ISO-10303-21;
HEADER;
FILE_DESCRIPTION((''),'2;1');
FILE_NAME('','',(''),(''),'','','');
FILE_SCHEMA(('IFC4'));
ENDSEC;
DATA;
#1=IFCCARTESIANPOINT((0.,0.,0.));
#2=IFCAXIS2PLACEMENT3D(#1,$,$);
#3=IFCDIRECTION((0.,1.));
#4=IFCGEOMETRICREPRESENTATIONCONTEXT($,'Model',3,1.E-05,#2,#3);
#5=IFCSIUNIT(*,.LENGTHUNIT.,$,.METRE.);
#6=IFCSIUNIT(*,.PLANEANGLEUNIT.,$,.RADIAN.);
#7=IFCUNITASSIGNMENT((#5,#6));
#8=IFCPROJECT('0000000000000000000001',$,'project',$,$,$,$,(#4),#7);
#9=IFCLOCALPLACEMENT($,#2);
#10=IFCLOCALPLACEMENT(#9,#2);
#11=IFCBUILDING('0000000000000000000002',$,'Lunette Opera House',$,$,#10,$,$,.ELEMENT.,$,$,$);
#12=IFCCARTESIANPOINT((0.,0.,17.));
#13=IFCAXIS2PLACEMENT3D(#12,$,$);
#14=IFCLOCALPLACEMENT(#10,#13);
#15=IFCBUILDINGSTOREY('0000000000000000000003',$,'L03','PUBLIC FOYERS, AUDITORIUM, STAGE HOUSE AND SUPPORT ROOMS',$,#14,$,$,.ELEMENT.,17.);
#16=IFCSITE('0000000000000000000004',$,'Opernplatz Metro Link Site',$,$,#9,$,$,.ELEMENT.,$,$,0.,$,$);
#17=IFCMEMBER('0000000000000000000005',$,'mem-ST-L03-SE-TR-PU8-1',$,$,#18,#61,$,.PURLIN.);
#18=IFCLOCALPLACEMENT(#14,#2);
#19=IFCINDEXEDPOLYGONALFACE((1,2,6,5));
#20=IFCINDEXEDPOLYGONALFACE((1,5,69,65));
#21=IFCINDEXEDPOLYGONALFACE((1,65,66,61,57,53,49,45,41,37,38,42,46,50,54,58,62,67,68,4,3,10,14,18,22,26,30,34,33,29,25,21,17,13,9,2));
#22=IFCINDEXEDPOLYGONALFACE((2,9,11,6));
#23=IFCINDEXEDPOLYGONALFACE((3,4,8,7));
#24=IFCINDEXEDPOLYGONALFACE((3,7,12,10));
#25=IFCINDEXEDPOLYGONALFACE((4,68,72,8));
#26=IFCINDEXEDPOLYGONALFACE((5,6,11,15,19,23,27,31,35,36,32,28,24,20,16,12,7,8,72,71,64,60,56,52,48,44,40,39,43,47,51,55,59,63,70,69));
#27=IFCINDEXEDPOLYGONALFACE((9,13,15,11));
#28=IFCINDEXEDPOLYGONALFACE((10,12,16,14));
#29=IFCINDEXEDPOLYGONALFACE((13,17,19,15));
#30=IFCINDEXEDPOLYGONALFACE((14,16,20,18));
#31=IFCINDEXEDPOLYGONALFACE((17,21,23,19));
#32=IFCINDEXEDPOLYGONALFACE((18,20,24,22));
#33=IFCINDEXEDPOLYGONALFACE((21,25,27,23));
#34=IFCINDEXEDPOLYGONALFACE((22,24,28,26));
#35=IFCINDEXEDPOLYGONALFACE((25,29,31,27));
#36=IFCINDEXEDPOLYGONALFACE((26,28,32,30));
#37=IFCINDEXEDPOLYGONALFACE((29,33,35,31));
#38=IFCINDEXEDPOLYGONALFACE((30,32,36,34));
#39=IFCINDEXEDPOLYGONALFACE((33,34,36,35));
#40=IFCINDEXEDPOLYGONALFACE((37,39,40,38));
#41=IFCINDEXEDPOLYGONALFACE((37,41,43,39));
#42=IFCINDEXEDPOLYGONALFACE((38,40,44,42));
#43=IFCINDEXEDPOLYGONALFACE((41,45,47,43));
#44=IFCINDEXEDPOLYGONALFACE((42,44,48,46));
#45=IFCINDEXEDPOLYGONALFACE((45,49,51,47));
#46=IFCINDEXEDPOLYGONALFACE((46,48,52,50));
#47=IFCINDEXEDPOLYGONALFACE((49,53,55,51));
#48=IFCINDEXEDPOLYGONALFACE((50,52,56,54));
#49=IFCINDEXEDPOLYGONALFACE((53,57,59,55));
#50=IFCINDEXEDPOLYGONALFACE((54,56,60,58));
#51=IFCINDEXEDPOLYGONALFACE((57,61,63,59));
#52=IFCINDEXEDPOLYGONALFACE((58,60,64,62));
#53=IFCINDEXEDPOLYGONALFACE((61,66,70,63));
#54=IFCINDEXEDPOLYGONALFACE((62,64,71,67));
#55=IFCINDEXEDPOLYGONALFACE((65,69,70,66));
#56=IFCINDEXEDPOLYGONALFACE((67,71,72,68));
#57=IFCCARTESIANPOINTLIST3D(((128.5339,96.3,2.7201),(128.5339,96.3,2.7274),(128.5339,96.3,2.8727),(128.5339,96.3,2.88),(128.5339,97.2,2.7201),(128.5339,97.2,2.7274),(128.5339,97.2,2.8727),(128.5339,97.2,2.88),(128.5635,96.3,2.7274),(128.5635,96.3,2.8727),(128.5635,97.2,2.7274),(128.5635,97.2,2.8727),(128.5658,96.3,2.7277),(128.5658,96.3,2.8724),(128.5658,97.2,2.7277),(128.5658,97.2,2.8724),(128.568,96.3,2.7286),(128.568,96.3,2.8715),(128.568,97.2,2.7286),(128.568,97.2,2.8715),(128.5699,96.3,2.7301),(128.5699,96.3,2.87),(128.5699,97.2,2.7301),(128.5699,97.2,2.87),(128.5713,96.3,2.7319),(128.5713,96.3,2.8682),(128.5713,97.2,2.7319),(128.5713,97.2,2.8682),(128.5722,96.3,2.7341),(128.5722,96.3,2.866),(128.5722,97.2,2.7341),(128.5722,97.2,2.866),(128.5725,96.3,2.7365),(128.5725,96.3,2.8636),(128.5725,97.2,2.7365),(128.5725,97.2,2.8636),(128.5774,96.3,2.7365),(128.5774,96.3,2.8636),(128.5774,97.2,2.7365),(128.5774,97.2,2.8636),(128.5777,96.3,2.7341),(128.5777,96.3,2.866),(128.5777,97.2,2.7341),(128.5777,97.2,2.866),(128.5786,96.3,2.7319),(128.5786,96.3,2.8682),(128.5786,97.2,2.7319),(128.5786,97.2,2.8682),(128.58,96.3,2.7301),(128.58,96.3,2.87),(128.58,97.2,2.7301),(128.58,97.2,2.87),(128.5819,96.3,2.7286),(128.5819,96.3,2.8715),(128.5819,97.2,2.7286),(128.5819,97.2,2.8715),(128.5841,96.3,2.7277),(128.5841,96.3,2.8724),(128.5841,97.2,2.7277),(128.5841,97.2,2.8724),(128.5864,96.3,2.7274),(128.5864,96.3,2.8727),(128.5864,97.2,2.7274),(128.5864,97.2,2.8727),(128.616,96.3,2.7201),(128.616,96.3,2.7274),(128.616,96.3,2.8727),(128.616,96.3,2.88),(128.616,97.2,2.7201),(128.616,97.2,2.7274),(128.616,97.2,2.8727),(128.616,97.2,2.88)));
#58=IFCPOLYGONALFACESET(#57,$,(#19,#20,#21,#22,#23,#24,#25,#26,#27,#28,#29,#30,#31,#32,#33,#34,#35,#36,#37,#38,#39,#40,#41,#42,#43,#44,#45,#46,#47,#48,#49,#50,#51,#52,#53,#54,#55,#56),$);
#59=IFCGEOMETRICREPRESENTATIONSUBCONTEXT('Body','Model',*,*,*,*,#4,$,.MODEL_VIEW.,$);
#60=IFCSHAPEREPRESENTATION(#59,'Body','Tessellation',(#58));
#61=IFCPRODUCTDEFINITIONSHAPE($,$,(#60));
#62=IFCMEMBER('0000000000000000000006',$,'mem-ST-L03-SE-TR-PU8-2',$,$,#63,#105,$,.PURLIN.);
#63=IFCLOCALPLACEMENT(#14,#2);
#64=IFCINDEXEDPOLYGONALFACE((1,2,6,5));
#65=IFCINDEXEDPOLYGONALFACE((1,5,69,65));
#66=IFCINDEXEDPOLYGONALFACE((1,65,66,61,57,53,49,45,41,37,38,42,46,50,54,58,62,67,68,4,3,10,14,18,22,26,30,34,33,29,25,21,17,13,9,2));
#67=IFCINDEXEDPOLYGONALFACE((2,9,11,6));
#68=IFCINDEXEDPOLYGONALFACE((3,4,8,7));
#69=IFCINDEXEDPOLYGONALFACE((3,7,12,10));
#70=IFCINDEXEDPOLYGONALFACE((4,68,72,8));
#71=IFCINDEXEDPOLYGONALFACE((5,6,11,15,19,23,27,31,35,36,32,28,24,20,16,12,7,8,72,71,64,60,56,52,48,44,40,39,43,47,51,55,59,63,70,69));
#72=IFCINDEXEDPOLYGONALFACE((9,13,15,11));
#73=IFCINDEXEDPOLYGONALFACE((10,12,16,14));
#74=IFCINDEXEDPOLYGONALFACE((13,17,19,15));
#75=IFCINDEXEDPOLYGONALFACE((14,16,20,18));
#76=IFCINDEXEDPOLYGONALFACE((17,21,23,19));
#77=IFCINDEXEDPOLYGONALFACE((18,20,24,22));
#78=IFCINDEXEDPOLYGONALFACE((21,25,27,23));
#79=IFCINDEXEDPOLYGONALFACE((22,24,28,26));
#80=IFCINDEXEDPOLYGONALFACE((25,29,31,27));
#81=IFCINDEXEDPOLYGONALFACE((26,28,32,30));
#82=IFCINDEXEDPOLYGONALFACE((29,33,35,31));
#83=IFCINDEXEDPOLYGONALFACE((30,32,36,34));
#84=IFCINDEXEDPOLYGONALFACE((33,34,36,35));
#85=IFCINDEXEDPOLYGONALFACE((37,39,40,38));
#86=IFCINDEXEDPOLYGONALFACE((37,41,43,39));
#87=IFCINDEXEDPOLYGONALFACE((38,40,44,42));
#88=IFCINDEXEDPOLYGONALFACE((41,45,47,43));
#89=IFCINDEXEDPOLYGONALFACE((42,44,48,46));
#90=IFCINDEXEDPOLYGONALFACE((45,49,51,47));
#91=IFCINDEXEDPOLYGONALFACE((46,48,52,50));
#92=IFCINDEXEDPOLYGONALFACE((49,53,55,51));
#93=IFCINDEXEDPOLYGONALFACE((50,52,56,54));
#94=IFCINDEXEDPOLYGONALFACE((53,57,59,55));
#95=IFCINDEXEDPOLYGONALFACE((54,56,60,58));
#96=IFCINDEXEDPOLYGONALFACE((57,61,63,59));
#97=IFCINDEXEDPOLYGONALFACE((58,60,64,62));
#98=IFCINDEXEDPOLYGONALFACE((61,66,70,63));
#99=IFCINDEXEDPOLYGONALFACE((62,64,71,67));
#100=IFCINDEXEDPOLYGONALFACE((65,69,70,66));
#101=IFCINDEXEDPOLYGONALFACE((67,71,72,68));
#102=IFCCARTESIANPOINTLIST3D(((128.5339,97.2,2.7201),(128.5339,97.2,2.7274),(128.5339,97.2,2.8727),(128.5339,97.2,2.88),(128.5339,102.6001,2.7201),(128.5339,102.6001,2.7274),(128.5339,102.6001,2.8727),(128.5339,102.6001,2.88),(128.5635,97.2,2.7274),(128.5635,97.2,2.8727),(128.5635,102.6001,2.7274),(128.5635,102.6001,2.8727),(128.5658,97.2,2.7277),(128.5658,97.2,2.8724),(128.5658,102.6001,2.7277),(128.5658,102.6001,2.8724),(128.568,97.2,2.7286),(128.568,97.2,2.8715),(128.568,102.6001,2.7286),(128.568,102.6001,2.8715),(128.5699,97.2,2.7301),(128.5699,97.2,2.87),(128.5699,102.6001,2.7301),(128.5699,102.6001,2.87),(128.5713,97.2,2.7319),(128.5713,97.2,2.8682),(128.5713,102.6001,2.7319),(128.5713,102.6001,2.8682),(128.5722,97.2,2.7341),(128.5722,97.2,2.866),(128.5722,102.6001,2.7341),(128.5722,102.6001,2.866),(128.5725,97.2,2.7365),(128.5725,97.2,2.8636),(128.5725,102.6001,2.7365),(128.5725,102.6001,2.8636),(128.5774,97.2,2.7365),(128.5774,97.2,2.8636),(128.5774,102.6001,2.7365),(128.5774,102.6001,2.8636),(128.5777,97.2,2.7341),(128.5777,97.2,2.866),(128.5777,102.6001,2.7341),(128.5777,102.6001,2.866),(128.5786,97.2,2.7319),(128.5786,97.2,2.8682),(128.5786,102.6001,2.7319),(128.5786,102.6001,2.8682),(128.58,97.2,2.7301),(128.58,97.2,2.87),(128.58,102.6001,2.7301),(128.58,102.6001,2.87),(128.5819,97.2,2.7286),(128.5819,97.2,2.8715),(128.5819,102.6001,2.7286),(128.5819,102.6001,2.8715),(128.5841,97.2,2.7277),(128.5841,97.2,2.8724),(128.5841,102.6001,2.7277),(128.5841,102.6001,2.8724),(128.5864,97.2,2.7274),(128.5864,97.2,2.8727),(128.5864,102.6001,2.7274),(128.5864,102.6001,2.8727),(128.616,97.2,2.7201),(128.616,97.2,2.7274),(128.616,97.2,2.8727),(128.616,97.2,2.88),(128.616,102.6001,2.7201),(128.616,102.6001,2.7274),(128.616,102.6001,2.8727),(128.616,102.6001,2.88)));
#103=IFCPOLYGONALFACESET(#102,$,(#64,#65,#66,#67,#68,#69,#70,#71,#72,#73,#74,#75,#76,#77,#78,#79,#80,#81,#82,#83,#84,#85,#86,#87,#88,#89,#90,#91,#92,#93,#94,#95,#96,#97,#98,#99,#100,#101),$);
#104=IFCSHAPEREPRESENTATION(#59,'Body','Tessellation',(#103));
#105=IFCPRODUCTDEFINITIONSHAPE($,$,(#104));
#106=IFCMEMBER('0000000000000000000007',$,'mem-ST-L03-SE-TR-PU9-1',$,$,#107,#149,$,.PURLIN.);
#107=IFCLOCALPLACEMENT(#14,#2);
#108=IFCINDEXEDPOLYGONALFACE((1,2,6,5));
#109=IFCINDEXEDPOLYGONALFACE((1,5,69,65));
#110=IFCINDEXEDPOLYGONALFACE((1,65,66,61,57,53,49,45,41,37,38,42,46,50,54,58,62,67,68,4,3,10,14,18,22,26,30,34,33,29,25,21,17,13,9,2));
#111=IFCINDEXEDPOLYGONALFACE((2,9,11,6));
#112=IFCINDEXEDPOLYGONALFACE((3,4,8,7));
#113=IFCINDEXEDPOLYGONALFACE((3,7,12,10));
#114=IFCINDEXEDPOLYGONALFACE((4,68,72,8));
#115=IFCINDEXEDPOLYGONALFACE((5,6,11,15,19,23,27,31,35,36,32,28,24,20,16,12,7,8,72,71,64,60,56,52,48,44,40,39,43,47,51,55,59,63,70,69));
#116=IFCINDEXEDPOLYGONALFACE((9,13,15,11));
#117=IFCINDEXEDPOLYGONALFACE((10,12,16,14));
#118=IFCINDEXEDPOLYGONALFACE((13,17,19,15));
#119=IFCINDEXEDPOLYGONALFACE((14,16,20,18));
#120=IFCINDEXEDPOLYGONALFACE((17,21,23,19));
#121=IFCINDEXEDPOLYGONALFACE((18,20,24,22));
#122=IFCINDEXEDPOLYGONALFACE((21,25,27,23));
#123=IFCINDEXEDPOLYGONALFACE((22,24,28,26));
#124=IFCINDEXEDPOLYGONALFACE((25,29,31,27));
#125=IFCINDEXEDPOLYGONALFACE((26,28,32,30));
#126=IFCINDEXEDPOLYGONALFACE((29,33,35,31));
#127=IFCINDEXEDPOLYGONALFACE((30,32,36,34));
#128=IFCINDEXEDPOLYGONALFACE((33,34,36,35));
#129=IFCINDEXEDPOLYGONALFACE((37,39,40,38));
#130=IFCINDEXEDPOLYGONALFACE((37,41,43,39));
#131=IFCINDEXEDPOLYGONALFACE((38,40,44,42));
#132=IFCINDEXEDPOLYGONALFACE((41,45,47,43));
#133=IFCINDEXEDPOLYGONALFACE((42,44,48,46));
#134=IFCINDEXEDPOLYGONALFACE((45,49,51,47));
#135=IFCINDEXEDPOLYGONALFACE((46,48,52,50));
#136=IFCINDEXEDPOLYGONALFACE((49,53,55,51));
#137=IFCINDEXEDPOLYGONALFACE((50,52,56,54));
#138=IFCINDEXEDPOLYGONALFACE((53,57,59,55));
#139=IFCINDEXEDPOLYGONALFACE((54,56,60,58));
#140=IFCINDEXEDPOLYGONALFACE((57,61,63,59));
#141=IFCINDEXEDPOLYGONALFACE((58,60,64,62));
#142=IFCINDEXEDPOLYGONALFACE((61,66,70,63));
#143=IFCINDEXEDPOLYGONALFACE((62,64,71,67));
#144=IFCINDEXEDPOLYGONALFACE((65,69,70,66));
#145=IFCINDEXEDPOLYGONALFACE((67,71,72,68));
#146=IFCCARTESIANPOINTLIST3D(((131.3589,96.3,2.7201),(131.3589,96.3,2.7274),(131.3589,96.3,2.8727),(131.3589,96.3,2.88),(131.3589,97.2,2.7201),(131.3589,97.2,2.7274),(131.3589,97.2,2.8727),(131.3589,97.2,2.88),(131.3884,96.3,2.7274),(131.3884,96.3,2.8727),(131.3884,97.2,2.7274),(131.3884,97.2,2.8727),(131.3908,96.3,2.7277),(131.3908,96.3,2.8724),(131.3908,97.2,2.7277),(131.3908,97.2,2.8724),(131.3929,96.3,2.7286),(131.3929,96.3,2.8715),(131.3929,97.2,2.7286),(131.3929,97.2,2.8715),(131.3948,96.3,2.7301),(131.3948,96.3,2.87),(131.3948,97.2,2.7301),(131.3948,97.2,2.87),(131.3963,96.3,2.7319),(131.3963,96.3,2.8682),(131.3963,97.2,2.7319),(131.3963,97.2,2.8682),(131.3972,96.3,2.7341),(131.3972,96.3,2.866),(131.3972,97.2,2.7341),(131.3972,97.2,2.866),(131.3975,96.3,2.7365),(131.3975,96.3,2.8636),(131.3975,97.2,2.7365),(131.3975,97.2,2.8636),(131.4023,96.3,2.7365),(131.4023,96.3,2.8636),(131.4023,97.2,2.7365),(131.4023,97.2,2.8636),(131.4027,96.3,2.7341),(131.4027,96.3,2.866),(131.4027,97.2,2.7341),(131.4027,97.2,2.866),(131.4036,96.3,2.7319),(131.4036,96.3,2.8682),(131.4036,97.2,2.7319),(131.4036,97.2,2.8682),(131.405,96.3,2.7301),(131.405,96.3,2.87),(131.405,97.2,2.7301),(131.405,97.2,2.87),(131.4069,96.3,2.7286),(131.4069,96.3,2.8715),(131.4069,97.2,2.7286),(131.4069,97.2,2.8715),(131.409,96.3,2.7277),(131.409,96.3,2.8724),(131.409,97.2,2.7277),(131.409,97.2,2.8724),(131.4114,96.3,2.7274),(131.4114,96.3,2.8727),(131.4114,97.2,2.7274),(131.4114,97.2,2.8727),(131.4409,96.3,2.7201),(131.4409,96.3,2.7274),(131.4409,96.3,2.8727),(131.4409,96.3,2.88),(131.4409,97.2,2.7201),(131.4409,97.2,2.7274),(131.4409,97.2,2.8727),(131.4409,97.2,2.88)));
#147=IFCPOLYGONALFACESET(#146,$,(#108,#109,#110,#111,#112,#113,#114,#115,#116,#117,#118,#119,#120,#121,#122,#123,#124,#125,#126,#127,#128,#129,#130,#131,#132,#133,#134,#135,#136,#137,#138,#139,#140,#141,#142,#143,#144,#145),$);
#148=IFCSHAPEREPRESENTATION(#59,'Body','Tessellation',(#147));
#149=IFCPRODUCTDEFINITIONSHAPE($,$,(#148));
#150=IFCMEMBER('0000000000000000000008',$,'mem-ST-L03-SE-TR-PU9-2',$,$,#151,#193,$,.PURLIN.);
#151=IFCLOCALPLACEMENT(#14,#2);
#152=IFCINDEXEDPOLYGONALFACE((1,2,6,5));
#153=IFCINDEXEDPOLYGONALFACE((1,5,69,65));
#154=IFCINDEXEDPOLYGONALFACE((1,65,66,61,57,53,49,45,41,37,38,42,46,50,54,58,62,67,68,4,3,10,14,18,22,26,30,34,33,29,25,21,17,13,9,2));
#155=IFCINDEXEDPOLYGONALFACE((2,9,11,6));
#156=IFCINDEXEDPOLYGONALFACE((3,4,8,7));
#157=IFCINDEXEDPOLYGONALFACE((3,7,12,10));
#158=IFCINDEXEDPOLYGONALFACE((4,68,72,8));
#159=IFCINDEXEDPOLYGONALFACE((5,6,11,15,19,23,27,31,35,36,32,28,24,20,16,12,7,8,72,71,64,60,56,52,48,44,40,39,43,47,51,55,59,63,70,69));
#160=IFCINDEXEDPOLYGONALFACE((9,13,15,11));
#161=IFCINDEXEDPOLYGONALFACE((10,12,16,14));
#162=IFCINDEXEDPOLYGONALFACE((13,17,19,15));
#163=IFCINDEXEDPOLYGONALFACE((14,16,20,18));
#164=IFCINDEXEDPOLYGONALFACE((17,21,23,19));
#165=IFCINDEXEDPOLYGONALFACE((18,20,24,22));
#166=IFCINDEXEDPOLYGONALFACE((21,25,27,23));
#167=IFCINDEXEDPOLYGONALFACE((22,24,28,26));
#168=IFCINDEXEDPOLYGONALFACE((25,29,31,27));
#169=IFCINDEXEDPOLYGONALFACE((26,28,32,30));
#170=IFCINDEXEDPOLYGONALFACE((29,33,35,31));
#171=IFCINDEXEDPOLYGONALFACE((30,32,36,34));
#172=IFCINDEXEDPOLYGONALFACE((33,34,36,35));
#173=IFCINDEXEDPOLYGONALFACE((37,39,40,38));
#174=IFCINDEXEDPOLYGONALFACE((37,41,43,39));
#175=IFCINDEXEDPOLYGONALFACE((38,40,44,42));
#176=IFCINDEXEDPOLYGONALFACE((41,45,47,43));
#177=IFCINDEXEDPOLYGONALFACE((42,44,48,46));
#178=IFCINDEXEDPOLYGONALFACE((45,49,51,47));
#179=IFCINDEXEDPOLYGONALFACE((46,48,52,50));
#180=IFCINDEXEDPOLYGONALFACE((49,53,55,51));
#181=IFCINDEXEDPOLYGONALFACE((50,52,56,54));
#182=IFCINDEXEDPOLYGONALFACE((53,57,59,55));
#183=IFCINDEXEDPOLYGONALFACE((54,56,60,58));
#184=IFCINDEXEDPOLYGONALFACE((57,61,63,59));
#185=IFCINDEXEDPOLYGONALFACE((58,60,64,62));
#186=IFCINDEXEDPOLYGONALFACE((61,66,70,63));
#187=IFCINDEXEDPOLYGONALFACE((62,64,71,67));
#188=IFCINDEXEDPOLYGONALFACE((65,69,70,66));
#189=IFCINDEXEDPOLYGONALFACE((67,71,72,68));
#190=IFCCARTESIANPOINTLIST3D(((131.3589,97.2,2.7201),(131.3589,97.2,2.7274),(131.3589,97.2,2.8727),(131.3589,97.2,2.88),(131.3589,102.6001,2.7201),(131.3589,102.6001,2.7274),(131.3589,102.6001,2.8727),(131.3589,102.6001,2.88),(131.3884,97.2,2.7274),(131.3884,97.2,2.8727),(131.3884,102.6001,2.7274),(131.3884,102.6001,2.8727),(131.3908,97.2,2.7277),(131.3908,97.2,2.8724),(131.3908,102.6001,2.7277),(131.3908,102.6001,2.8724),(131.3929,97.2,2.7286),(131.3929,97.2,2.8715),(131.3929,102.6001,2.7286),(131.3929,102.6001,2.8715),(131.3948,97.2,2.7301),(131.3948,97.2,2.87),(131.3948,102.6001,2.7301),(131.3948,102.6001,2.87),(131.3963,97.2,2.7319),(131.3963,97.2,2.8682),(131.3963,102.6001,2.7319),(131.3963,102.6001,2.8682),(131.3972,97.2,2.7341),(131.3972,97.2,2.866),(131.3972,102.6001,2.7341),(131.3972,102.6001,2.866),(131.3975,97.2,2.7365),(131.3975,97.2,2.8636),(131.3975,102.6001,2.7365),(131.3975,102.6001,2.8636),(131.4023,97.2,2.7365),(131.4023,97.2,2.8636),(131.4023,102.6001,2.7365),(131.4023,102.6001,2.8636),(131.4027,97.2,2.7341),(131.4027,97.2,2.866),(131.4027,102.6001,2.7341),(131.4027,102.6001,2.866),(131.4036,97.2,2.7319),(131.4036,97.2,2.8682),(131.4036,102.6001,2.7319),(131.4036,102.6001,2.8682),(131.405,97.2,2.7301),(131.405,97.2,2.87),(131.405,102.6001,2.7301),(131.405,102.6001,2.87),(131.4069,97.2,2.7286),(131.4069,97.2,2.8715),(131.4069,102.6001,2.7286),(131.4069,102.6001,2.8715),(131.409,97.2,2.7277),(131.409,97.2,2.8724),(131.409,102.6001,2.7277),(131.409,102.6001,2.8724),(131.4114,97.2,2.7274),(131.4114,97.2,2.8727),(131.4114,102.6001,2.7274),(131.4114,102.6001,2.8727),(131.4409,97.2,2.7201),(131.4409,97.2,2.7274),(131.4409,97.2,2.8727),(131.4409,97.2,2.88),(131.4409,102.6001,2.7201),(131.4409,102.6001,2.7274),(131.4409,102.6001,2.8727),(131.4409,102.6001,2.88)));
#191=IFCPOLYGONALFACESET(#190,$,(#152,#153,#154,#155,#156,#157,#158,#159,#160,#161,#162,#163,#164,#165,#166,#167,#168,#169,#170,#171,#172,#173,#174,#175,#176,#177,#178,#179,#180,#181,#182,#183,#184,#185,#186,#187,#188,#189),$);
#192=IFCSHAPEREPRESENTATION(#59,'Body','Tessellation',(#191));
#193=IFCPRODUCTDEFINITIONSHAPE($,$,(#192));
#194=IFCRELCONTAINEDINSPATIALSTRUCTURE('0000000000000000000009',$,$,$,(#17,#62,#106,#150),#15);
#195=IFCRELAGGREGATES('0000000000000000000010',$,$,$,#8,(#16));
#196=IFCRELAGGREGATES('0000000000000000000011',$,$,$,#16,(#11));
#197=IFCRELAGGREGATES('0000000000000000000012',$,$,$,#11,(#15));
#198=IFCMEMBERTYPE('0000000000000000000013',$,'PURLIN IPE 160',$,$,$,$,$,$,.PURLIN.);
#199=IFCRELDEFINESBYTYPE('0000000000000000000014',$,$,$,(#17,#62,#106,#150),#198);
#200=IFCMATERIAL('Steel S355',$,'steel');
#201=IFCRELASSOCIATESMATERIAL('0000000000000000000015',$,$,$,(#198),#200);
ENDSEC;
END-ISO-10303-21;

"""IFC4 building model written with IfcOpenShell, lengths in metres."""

from ifc_helpers import new_model, si_unit, direction, frame, origin, origin_2d, place, context, subcontext, project, spatial, i_section, extrude, material, material_profile, profile_set, type_object, element, save


model = new_model("IFC4")

# Units and contexts
model_context = context("Model", 3, precision=1e-05, world=origin(), true_north=direction((0.0, 1.0)))
body_context = subcontext(model_context, "Body", "Model", "MODEL_VIEW")
ifc_project = project(units=[si_unit("LENGTHUNIT", "METRE"), si_unit("PLANEANGLEUNIT", "RADIAN")], contexts=[model_context])

# Site, building, storey
site_placement = place(None, origin())
site = spatial("IfcSite", under=ifc_project, at=site_placement, Name="Opernplatz Metro Link Site", CompositionType="ELEMENT", RefElevation=0.0)
building_placement = place(site_placement, origin())
building = spatial("IfcBuilding", under=site, at=building_placement, Name="Lunette Opera House", CompositionType="ELEMENT")
storey_placement = place(building_placement, frame((0.0, 0.0, 17.0)))
storey = spatial("IfcBuildingStorey", under=building, at=storey_placement, Name="L03", Description="PUBLIC FOYERS, AUDITORIUM, STAGE HOUSE AND SUPPORT ROOMS", CompositionType="ELEMENT", Elevation=17.0)

# Members
ifc_material_1 = material(Name="Steel S355", Category="steel")
ifc_material_profile_1 = material_profile(ifc_material_1, i_section(OverallWidth=0.082, OverallDepth=0.1599, WebThickness=0.0049, FlangeThickness=0.0073, FilletRadius=0.009, at=origin_2d()), Name="IPE 160")
ifc_profile_set_1 = profile_set([ifc_material_profile_1], Name="Steel S355")
member_type_1 = type_object("IfcMemberType", Name="PURLIN IPE 160", PredefinedType="PURLIN", material=ifc_profile_set_1)
member_1_placement = place(storey_placement, frame((128.575, 96.3, 2.8), z_axis=(0.0, 1.0, 0.0), x_axis=(-1.0, 0.0, 0.0)))
element("IfcMember", 1, at=member_1_placement, inside=storey, type_object=member_type_1, Name="mem-ST-L03-SE-TR-PU8-1", PredefinedType="PURLIN", context=body_context, shape_type="SweptSolid", body=[
    extrude(i_section(OverallWidth=0.082, OverallDepth=0.1599, WebThickness=0.0049, FlangeThickness=0.0073, FilletRadius=0.009, at=origin_2d()), origin(), (0.0, 0.0, 1.0), 0.8999),
])
member_2_placement = place(storey_placement, frame((128.575, 97.2, 2.8), z_axis=(0.0, 1.0, 0.0), x_axis=(-1.0, 0.0, 0.0)))
element("IfcMember", 2, at=member_2_placement, inside=storey, type_object=member_type_1, Name="mem-ST-L03-SE-TR-PU8-2", PredefinedType="PURLIN", context=body_context, shape_type="SweptSolid", body=[
    extrude(i_section(OverallWidth=0.082, OverallDepth=0.1599, WebThickness=0.0049, FlangeThickness=0.0073, FilletRadius=0.009, at=origin_2d()), origin(), (0.0, 0.0, 1.0), 5.4001),
])
member_3_placement = place(storey_placement, frame((131.3999, 96.3, 2.8), z_axis=(0.0, 1.0, 0.0), x_axis=(-1.0, 0.0, 0.0)))
element("IfcMember", 3, at=member_3_placement, inside=storey, type_object=member_type_1, Name="mem-ST-L03-SE-TR-PU9-1", PredefinedType="PURLIN", context=body_context, shape_type="SweptSolid", body=[
    extrude(i_section(OverallWidth=0.082, OverallDepth=0.1599, WebThickness=0.0049, FlangeThickness=0.0073, FilletRadius=0.009, at=origin_2d()), origin(), (0.0, 0.0, 1.0), 0.8999),
])
member_4_placement = place(storey_placement, frame((131.3999, 97.2, 2.8), z_axis=(0.0, 1.0, 0.0), x_axis=(-1.0, 0.0, 0.0)))
element("IfcMember", 4, at=member_4_placement, inside=storey, type_object=member_type_1, Name="mem-ST-L03-SE-TR-PU9-2", PredefinedType="PURLIN", context=body_context, shape_type="SweptSolid", body=[
    extrude(i_section(OverallWidth=0.082, OverallDepth=0.1599, WebThickness=0.0049, FlangeThickness=0.0073, FilletRadius=0.009, at=origin_2d()), origin(), (0.0, 0.0, 1.0), 5.4001),
])

save(model, "model.ifc")
